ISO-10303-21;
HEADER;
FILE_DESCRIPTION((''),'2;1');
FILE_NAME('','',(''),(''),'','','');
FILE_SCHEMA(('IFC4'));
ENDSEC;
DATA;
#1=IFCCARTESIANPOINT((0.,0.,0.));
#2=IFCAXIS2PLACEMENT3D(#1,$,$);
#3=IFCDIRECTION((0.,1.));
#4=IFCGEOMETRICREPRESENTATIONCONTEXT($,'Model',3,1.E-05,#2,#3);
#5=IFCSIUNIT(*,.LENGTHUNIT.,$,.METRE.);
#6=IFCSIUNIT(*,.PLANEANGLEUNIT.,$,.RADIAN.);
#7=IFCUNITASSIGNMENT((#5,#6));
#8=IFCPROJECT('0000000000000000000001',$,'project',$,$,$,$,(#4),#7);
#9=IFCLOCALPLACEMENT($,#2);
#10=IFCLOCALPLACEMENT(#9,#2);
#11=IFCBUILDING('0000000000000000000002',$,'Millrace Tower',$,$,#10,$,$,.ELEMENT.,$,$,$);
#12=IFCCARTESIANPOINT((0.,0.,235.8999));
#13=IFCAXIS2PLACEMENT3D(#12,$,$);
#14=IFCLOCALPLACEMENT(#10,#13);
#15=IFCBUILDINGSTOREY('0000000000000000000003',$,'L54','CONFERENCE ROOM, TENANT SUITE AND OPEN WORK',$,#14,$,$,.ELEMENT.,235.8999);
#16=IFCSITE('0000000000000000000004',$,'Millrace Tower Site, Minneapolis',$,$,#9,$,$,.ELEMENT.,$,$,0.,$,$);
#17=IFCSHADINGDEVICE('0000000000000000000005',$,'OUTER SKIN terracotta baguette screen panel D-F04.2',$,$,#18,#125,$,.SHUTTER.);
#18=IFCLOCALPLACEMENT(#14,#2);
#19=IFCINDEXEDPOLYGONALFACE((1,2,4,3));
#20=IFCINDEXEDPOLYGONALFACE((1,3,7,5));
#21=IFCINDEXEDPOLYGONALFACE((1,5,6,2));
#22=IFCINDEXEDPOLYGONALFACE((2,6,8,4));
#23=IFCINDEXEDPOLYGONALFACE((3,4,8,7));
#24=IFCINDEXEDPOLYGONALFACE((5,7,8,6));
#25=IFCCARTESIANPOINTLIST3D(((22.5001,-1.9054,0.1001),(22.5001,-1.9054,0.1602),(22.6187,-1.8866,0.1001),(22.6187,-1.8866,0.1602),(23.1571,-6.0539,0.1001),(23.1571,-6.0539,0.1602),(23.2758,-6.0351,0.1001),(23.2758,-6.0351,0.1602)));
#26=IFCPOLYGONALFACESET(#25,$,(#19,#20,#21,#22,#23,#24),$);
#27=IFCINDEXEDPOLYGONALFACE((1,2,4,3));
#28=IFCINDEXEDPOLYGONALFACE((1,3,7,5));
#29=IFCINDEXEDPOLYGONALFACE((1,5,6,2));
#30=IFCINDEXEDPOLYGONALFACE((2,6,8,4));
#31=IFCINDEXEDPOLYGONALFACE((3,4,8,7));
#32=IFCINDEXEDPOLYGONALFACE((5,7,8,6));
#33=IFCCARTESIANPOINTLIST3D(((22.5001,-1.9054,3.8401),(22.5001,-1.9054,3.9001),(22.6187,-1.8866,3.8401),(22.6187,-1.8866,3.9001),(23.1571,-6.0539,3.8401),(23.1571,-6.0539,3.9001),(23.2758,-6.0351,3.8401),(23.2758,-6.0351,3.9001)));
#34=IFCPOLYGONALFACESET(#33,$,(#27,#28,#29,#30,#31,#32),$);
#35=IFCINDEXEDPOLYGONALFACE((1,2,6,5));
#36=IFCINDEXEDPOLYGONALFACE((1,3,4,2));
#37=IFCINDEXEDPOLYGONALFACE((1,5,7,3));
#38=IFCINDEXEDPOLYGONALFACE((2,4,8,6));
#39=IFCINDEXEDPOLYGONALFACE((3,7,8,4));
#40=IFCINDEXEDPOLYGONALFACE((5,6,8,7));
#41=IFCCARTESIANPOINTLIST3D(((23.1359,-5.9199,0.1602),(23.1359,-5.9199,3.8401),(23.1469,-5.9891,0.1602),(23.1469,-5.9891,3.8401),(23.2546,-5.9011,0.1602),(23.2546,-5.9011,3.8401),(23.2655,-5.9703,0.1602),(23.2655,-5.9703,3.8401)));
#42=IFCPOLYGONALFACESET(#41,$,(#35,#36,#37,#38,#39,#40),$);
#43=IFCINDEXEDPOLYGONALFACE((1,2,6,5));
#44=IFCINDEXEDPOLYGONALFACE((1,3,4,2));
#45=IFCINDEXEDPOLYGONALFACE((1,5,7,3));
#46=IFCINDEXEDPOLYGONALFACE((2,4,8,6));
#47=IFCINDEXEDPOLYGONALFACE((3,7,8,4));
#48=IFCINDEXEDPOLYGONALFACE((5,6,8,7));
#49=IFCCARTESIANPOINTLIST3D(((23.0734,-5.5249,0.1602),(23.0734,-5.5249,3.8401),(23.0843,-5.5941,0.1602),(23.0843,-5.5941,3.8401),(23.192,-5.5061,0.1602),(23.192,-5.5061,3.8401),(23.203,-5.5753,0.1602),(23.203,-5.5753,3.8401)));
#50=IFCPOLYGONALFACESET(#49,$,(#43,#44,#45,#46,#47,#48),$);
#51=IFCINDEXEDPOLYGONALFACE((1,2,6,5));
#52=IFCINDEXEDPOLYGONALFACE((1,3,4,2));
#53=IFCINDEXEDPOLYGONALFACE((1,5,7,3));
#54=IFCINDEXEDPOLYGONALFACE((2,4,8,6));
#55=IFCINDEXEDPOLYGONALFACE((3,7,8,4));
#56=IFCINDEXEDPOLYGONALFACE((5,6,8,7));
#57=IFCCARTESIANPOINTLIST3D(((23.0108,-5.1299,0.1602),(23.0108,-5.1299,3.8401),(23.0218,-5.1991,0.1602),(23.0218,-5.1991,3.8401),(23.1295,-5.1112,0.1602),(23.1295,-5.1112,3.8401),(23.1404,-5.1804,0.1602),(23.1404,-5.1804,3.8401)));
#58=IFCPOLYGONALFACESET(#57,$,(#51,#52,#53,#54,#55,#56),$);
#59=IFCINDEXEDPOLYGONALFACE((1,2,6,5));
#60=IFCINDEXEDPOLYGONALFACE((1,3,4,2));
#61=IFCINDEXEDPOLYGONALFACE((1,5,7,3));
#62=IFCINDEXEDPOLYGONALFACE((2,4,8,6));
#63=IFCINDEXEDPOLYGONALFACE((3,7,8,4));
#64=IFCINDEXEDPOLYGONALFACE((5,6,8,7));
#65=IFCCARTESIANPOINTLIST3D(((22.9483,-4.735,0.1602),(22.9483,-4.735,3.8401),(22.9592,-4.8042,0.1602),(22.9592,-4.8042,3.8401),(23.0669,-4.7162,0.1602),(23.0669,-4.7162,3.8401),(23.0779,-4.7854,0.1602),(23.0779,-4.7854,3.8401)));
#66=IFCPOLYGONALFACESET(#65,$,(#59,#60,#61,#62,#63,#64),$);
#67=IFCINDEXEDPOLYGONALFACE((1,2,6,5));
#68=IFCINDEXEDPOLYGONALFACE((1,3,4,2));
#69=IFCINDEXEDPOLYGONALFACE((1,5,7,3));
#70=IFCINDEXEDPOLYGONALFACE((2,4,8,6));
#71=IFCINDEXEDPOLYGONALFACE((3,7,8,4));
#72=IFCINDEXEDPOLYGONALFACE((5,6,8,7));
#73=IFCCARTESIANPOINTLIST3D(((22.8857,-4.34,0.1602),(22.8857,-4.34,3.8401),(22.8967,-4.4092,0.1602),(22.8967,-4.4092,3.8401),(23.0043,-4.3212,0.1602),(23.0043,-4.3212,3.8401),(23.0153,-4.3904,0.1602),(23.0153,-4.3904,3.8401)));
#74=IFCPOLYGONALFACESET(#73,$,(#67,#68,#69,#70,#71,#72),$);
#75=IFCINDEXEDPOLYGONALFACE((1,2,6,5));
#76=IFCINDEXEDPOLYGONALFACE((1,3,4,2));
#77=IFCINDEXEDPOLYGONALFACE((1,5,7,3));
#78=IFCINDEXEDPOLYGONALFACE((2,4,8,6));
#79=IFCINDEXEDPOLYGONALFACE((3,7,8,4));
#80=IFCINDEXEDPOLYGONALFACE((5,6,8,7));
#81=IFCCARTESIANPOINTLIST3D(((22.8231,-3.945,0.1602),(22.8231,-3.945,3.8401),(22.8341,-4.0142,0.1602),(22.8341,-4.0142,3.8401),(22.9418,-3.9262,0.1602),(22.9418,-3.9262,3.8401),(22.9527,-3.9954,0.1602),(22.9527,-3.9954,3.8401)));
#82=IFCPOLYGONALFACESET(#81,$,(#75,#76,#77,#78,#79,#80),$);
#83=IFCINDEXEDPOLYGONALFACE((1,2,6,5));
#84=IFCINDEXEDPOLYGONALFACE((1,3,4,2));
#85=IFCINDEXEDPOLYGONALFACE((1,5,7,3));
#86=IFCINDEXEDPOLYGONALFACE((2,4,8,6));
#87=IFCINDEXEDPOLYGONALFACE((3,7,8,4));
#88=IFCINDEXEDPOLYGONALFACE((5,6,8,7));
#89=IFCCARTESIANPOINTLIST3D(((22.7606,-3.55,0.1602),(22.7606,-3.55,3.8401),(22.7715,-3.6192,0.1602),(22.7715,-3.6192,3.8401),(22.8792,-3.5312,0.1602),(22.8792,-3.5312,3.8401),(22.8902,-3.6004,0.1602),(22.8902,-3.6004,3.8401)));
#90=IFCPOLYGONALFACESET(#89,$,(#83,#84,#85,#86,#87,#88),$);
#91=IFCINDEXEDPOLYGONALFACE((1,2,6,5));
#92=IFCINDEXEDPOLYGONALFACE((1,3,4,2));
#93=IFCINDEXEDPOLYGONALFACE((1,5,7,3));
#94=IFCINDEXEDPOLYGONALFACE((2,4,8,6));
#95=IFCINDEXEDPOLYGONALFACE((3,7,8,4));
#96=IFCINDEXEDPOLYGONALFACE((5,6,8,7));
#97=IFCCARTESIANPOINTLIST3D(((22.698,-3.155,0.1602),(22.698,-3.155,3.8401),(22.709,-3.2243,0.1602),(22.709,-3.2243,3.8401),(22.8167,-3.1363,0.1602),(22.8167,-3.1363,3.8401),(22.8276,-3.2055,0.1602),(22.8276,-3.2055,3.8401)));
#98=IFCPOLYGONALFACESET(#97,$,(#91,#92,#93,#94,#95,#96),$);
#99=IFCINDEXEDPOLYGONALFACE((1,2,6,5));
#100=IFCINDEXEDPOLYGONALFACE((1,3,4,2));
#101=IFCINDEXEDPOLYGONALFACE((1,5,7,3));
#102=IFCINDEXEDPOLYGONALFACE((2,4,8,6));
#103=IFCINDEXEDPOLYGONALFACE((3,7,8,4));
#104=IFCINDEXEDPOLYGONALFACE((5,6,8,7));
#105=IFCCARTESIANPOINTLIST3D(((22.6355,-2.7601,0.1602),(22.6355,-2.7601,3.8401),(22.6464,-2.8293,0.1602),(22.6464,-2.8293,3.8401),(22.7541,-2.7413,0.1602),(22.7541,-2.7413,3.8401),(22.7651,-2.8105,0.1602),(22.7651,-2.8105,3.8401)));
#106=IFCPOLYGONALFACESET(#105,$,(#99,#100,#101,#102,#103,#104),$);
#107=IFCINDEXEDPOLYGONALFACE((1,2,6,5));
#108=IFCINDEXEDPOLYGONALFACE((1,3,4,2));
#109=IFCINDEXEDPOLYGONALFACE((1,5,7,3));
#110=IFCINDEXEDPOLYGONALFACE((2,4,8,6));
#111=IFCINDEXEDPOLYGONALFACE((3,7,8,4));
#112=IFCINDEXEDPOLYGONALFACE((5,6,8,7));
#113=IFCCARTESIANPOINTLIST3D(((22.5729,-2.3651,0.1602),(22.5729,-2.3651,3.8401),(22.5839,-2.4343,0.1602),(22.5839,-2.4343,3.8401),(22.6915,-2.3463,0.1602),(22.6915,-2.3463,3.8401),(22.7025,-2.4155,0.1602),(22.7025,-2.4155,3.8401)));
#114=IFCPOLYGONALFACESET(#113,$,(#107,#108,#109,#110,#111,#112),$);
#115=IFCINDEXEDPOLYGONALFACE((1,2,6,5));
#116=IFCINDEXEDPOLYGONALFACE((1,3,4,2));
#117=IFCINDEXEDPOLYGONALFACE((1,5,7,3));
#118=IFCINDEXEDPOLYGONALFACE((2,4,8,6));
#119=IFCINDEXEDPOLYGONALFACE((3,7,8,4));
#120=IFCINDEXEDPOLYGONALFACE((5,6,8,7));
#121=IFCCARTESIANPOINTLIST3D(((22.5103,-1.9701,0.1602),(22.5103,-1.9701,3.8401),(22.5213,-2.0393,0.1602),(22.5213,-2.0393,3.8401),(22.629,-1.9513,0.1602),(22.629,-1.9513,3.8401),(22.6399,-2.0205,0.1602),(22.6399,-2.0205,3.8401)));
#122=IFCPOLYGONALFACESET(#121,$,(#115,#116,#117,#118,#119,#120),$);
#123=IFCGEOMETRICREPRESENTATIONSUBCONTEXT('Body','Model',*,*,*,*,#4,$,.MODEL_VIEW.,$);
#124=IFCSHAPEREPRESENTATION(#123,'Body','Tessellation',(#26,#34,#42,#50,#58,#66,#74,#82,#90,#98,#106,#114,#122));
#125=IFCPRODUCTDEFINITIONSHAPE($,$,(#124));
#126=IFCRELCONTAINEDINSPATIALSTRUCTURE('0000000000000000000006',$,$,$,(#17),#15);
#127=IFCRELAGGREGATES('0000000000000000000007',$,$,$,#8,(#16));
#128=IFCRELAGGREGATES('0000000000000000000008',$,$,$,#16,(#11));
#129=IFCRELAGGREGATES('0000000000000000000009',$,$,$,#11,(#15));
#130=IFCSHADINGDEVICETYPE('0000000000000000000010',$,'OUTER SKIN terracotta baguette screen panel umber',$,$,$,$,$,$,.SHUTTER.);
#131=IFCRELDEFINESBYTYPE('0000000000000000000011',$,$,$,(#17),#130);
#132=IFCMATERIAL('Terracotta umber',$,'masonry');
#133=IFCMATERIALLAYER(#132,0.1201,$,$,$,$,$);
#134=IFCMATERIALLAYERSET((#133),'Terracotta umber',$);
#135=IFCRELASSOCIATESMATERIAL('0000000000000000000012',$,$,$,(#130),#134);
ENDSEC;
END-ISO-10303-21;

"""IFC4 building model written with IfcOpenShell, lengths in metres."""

from ifc_helpers import new_model, entity, si_unit, direction, frame, frame_2d, origin, origin_2d, place, context, subcontext, project, spatial, rectangle, extrude, source, transform, mapped, material, layer, layer_set, type_object, element, save


model = new_model("IFC4")

# Units and contexts
model_context = context("Model", 3, precision=1e-05, world=origin(), true_north=direction((0.0, 1.0)))
body_context = subcontext(model_context, "Body", "Model", "MODEL_VIEW")
ifc_project = project(units=[si_unit("LENGTHUNIT", "METRE"), si_unit("PLANEANGLEUNIT", "RADIAN")], contexts=[model_context])

# Site, building, storey
site_placement = place(None, origin())
site = spatial("IfcSite", under=ifc_project, at=site_placement, Name="Millrace Tower Site, Minneapolis", CompositionType="ELEMENT", RefElevation=0.0)
building_placement = place(site_placement, origin())
building = spatial("IfcBuilding", under=site, at=building_placement, Name="Millrace Tower", CompositionType="ELEMENT")
storey_placement = place(building_placement, frame((0.0, 0.0, 235.8999)))
storey = spatial("IfcBuildingStorey", under=building, at=storey_placement, Name="L54", Description="CONFERENCE ROOM, TENANT SUITE AND OPEN WORK", CompositionType="ELEMENT", Elevation=235.8999)

# Shading device
ifc_material_1 = material(Name="Terracotta umber", Category="masonry")
ifc_layer_1 = layer(ifc_material_1, 0.1201)
ifc_layer_set_1 = layer_set([ifc_layer_1], Name="Terracotta umber")
shading_device_type = type_object("IfcShadingDeviceType", Name="OUTER SKIN terracotta baguette screen panel umber", PredefinedType="SHUTTER", material=ifc_layer_set_1)
cartesian_point_1 = entity("IfcCartesianPoint", [-2.1001, 0.0601])
shared_polyline_1 = entity("IfcPolyline", [cartesian_point_1, entity("IfcCartesianPoint", [2.1001, 0.0601]), entity("IfcCartesianPoint", [2.1001, -0.0601]), entity("IfcCartesianPoint", [-2.1001, -0.0601]), cartesian_point_1])
shared_shape_1 = source(origin(), body_context, "Body", "SweptSolid", [
    entity("IfcExtrudedAreaSolid", entity("IfcArbitraryClosedProfileDef", "AREA", None, shared_polyline_1), entity("IfcAxis2Placement3D", entity("IfcCartesianPoint", [0.0, 0.0, 0.0])), entity("IfcDirection", [0.0, 0.0, 1.0]), 0.0601),
    entity("IfcExtrudedAreaSolid", entity("IfcArbitraryClosedProfileDef", "AREA", None, shared_polyline_1), entity("IfcAxis2Placement3D", entity("IfcCartesianPoint", [0.0, 0.0, 3.74])), entity("IfcDirection", [0.0, 0.0, 1.0]), 0.0601),
    extrude(rectangle(XDim=0.0701, YDim=0.1201, at=frame_2d((-1.9995, 0.0))), frame((0.0, 0.0, 0.0601)), (0.0, 0.0, 1.0), 3.6799),
    extrude(rectangle(XDim=0.0701, YDim=0.1201, at=frame_2d((-1.5996, 0.0))), frame((0.0, 0.0, 0.0601)), (0.0, 0.0, 1.0), 3.6799),
    extrude(rectangle(XDim=0.0701, YDim=0.1201, at=frame_2d((-1.1997, 0.0))), frame((0.0, 0.0, 0.0601)), (0.0, 0.0, 1.0), 3.6799),
    extrude(rectangle(XDim=0.0701, YDim=0.1201, at=frame_2d((-0.7998, 0.0))), frame((0.0, 0.0, 0.0601)), (0.0, 0.0, 1.0), 3.6799),
    extrude(rectangle(XDim=0.0701, YDim=0.1201, at=frame_2d((-0.3999, 0.0))), frame((0.0, 0.0, 0.0601)), (0.0, 0.0, 1.0), 3.6799),
    extrude(rectangle(XDim=0.0701, YDim=0.1201, at=origin_2d()), frame((0.0, 0.0, 0.0601)), (0.0, 0.0, 1.0), 3.6799),
    extrude(rectangle(XDim=0.0701, YDim=0.1201, at=frame_2d((0.3999, 0.0))), frame((0.0, 0.0, 0.0601)), (0.0, 0.0, 1.0), 3.6799),
    extrude(rectangle(XDim=0.0701, YDim=0.1201, at=frame_2d((0.7998, 0.0))), frame((0.0, 0.0, 0.0601)), (0.0, 0.0, 1.0), 3.6799),
    extrude(rectangle(XDim=0.0701, YDim=0.1201, at=frame_2d((1.1997, 0.0))), frame((0.0, 0.0, 0.0601)), (0.0, 0.0, 1.0), 3.6799),
    extrude(rectangle(XDim=0.0701, YDim=0.1201, at=frame_2d((1.5996, 0.0))), frame((0.0, 0.0, 0.0601)), (0.0, 0.0, 1.0), 3.6799),
    extrude(rectangle(XDim=0.0701, YDim=0.1201, at=frame_2d((1.9995, 0.0))), frame((0.0, 0.0, 0.0601)), (0.0, 0.0, 1.0), 3.6799),
])
shading_device_1_placement = place(storey_placement, frame((22.8879, -3.9702, 0.1001), z_axis=(0.0, 0.0, 1.0), x_axis=(-0.156434, 0.987688, 0.0)))
element("IfcShadingDevice", 1, at=shading_device_1_placement, inside=storey, type_object=shading_device_type, Name="OUTER SKIN terracotta baguette screen panel D-F04.2", PredefinedType="SHUTTER", context=body_context, shape_type="MappedRepresentation", body=[
    mapped(shared_shape_1, transform((0.0, 0.0, 0.0), scale=1.0)),
])

save(model, "model.ifc")
